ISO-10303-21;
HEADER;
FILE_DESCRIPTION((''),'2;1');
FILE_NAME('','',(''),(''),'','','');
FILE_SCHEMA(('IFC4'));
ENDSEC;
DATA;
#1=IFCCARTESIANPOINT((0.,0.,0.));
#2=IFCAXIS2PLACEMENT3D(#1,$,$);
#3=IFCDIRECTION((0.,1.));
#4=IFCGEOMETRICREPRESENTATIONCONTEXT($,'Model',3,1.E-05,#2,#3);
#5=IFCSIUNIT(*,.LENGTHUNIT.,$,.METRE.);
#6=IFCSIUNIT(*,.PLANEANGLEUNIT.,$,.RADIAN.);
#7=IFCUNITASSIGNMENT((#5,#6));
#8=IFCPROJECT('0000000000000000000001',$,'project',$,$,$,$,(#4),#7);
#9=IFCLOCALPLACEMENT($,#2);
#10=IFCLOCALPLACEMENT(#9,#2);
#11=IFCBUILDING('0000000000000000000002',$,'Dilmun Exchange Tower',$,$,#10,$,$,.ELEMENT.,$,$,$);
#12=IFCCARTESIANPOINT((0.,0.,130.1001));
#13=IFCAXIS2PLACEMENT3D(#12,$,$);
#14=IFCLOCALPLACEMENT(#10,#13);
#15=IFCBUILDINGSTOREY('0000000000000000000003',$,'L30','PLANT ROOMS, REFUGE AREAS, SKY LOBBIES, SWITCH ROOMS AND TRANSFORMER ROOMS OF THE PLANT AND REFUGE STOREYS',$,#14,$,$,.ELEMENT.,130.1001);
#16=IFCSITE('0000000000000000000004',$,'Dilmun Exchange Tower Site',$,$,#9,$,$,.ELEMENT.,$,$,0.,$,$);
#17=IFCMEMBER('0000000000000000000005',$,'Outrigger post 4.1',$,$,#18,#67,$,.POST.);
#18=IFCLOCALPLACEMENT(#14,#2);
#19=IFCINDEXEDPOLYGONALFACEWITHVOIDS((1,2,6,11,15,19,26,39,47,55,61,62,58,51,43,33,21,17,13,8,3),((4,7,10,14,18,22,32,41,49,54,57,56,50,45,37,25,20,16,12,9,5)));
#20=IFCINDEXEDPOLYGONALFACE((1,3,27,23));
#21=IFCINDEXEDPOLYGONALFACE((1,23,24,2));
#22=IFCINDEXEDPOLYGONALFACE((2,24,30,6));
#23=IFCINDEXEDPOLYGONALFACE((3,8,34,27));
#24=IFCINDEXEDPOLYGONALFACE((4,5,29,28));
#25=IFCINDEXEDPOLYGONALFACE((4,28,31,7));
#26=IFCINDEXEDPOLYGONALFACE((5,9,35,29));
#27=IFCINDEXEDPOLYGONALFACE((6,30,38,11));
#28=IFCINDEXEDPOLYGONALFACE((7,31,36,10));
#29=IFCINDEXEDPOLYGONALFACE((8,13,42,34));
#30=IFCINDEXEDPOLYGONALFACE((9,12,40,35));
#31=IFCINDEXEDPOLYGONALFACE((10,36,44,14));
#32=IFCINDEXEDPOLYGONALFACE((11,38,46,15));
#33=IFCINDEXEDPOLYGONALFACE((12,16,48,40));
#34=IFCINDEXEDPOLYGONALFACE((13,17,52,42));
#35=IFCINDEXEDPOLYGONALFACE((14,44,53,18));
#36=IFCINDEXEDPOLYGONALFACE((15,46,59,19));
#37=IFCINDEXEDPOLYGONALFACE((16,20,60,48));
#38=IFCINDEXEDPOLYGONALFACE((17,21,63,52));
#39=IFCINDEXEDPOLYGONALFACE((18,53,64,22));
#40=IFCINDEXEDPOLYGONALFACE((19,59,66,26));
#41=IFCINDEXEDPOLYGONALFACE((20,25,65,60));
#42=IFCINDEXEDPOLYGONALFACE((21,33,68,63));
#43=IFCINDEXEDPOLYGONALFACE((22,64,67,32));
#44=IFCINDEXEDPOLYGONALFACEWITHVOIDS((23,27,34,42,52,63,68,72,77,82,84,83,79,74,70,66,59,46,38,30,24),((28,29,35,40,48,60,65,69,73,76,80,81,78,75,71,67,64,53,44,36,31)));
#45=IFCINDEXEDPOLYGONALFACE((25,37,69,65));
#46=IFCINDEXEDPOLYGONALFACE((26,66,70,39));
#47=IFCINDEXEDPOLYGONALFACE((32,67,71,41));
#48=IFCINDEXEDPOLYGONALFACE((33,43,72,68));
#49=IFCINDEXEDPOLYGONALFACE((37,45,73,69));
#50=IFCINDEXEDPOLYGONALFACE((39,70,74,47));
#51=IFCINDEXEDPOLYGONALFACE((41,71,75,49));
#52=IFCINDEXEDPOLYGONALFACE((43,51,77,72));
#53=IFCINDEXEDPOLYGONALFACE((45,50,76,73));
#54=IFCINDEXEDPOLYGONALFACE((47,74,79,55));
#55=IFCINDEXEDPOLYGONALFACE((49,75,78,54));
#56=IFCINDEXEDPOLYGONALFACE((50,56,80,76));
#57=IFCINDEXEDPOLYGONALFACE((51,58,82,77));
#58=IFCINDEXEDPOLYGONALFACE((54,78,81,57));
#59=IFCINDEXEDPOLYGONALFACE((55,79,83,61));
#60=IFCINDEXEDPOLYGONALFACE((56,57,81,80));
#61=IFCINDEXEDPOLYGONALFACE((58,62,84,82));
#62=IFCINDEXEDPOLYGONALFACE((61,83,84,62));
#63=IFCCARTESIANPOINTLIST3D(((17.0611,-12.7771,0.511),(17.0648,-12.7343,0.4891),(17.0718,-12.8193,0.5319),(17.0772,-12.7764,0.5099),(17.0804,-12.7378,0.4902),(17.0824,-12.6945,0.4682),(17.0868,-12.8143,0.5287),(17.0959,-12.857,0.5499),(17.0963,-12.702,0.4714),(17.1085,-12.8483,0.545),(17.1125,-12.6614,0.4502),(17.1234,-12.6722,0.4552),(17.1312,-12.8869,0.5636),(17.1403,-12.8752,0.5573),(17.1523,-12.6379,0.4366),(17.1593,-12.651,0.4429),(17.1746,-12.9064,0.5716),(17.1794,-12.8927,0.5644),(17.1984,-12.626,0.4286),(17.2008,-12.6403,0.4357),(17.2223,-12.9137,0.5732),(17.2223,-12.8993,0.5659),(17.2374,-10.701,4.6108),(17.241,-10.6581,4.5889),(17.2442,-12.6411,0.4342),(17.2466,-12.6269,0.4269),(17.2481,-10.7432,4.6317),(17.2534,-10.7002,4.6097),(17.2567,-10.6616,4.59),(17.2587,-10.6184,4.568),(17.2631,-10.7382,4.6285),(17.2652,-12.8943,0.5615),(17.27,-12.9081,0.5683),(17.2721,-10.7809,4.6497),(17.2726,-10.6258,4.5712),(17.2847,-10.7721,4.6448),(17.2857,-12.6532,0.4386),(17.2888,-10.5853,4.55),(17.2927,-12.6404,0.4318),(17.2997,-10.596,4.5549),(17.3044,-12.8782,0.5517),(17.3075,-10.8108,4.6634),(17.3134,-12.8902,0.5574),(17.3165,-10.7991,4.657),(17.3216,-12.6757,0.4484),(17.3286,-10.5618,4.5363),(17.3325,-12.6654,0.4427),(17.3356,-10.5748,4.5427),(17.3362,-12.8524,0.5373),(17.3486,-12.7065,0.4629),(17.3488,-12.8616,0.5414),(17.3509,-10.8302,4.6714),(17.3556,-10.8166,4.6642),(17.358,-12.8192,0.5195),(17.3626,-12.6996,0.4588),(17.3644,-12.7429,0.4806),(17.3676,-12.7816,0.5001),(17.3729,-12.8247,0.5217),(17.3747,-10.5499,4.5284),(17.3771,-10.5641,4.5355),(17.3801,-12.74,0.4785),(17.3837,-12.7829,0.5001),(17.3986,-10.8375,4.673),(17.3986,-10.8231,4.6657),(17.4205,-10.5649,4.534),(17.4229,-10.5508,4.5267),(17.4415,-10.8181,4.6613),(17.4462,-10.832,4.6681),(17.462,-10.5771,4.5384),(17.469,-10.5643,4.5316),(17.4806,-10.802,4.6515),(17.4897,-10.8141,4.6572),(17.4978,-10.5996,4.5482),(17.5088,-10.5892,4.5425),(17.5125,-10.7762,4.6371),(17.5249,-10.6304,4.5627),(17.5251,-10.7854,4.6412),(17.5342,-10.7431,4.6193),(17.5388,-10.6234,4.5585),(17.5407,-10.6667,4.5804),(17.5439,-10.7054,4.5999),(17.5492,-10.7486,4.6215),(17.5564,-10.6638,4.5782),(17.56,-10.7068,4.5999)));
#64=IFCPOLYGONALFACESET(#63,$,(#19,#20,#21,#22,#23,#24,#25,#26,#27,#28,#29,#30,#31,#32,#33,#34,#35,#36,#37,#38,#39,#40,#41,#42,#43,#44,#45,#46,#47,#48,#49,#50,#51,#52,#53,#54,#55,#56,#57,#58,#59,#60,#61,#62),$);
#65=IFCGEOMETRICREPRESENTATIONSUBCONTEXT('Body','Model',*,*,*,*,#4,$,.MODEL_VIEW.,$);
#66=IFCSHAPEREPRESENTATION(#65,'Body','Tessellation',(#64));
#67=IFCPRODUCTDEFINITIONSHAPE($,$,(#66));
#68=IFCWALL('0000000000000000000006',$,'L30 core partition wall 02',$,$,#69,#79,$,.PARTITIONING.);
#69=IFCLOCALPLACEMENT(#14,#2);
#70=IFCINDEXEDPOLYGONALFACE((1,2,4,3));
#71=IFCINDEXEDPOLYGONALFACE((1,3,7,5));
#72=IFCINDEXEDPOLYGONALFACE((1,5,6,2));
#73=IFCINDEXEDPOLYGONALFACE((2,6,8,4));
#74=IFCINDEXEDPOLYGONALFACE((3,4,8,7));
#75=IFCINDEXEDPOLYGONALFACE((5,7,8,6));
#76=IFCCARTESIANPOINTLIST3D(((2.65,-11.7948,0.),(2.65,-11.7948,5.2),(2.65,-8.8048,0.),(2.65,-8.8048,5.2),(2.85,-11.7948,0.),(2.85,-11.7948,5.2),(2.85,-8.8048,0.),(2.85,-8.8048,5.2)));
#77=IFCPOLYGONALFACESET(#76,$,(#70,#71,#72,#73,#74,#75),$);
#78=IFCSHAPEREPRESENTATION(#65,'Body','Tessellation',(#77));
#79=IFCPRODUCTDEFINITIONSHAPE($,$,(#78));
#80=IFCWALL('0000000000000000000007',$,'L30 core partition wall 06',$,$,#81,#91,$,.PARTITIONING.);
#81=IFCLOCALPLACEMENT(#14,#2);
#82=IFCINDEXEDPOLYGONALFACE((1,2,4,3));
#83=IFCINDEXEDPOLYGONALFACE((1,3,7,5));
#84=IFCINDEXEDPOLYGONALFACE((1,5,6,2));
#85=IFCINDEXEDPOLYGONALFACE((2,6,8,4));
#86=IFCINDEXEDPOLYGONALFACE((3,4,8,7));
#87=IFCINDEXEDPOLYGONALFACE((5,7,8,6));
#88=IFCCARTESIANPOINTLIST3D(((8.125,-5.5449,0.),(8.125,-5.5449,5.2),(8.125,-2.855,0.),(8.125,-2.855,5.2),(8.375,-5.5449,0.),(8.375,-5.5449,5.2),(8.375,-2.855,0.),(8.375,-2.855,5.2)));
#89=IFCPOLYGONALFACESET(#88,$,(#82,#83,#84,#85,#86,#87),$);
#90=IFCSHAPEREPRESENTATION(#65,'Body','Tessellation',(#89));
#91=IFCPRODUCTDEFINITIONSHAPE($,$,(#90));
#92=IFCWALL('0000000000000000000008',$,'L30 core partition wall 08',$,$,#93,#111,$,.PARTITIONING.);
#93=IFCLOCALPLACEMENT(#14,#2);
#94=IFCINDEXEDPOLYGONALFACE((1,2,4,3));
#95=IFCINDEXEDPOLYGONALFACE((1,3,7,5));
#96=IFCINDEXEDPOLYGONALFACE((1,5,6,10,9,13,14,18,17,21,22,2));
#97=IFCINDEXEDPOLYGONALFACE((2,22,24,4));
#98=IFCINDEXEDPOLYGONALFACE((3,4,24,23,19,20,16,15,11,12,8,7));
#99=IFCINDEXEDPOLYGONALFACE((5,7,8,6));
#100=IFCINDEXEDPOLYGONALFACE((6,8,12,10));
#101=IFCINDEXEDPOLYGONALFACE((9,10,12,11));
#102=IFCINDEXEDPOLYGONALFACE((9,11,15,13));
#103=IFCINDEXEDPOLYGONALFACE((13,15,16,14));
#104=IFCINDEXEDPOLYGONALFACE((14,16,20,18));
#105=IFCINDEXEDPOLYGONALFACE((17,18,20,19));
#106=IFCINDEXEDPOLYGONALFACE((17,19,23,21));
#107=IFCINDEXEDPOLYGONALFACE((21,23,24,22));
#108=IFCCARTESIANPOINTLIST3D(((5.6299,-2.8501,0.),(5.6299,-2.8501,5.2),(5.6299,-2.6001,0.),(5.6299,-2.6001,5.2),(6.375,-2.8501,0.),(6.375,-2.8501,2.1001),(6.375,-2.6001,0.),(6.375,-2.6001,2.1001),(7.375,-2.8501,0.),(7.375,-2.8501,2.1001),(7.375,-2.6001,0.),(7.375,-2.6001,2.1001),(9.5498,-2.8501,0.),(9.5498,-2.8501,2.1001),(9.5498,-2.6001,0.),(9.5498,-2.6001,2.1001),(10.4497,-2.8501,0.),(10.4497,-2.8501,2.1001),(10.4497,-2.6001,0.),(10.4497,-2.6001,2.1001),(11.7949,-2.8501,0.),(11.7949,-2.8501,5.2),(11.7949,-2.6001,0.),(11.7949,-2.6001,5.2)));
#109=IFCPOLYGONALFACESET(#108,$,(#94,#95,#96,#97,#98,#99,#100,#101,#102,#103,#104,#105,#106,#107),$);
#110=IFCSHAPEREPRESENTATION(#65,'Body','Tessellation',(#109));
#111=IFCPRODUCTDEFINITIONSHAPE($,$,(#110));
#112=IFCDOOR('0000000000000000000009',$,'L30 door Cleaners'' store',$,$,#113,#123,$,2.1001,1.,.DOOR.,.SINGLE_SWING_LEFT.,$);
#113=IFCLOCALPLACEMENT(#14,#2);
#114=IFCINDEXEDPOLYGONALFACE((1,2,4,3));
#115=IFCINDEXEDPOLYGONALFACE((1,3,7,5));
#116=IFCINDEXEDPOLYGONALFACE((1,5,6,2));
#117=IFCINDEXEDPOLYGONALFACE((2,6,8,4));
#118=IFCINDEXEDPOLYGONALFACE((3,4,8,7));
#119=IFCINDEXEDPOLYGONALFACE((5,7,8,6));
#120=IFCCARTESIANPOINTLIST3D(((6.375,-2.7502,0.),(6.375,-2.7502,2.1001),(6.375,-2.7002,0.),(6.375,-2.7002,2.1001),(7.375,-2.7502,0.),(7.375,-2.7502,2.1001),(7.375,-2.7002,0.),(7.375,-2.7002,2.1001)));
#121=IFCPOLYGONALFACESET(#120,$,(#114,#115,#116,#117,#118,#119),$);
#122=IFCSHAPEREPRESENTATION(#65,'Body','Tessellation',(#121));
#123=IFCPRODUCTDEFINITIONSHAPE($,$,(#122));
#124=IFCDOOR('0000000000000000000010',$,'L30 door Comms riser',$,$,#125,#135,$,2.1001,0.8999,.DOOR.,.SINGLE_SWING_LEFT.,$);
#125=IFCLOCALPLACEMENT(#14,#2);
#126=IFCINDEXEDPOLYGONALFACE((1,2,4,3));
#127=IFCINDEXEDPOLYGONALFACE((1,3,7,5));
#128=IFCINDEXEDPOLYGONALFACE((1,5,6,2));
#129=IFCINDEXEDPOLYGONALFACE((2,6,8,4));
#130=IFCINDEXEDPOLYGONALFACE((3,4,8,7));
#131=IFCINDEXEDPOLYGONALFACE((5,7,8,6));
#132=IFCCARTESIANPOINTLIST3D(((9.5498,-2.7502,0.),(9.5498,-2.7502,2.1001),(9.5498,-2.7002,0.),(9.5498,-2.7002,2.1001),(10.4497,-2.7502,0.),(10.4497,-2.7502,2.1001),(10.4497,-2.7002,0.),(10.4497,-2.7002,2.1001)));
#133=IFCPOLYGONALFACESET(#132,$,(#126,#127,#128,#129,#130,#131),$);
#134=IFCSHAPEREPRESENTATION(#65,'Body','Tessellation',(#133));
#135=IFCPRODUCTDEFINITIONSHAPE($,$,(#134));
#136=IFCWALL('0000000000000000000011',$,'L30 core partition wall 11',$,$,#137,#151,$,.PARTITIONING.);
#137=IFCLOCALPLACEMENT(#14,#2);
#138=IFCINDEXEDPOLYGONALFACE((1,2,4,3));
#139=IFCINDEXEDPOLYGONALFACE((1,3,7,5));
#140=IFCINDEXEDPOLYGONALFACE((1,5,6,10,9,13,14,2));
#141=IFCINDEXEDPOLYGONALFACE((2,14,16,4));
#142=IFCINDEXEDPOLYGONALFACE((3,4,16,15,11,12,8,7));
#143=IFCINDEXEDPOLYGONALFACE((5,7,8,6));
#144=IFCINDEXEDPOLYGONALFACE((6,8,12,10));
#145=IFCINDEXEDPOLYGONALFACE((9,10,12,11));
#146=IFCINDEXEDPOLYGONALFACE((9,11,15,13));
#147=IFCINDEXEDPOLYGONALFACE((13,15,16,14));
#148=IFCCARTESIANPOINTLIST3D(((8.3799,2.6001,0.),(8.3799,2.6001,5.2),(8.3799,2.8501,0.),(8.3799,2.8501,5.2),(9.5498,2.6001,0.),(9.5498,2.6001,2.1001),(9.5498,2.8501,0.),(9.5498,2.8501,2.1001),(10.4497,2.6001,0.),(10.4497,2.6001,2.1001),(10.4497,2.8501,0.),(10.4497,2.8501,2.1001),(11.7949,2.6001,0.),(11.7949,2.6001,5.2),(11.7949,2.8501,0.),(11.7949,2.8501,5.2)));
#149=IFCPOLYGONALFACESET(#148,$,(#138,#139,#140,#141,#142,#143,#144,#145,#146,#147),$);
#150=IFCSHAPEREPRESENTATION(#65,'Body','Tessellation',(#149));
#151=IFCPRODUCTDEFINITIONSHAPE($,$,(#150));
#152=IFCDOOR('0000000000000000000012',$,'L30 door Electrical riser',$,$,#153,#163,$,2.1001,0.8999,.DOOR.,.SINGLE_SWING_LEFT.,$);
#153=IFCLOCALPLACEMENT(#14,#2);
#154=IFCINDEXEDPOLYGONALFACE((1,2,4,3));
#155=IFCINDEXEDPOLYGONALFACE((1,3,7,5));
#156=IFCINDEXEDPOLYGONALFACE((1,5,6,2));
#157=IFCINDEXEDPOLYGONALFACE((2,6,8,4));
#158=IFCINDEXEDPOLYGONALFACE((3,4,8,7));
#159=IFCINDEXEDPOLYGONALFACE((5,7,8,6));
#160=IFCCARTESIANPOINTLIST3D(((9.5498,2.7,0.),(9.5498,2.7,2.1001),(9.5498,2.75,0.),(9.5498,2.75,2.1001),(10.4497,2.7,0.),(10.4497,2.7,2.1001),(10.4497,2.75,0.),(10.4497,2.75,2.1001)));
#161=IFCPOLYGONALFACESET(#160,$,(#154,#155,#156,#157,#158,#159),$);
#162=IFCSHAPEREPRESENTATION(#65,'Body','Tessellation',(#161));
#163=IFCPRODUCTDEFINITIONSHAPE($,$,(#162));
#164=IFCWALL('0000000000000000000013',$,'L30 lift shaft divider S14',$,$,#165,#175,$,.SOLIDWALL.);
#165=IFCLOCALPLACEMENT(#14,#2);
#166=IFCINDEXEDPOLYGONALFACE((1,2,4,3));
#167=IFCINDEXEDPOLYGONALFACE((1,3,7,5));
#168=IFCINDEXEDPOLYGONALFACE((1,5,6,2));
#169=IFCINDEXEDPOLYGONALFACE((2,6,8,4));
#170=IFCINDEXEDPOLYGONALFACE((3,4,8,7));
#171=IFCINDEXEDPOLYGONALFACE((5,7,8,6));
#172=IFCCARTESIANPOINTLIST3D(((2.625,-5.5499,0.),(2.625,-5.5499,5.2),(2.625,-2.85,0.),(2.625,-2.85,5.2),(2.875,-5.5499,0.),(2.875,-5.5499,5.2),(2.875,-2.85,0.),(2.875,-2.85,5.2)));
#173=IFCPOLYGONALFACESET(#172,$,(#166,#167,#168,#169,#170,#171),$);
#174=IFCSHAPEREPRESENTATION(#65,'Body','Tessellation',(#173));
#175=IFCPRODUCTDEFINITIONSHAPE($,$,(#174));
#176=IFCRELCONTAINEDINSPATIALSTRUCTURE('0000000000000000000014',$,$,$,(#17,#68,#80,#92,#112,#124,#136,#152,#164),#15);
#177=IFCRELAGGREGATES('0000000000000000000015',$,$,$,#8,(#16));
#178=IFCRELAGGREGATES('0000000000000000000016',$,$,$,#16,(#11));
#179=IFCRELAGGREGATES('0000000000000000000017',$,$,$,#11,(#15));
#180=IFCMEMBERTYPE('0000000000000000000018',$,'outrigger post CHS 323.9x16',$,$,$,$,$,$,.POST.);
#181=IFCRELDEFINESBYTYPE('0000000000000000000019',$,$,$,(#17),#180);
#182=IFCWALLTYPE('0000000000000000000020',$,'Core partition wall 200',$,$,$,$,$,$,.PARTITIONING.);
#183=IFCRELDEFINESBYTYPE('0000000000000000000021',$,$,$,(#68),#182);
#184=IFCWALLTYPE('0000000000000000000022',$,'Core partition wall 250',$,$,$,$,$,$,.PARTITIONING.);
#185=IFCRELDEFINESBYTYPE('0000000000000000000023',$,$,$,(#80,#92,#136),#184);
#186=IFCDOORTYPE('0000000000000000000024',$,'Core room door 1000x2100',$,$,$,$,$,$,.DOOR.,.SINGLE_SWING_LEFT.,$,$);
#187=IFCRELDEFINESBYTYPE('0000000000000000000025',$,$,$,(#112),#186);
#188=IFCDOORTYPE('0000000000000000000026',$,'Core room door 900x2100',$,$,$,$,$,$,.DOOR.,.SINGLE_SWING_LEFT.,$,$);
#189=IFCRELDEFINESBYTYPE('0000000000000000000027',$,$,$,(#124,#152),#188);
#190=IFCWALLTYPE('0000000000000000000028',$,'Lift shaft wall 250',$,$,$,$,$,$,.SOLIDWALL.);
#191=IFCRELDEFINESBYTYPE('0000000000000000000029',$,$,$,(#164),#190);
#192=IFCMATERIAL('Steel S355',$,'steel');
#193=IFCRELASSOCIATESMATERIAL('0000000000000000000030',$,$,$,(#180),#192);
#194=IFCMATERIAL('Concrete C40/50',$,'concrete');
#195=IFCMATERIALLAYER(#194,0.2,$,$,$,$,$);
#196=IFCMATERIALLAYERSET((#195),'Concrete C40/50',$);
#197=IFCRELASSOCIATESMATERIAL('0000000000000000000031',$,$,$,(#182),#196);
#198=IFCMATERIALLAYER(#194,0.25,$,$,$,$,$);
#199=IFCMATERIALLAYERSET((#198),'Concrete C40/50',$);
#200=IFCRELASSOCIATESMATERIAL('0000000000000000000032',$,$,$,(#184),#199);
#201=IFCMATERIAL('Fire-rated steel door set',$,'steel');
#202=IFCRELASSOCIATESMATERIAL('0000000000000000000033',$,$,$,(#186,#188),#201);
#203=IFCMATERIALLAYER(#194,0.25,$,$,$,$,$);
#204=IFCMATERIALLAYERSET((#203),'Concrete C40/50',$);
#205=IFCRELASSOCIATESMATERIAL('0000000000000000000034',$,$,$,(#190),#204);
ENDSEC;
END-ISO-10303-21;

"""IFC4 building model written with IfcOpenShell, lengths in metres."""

from ifc_helpers import new_model, si_unit, direction, frame, frame_2d, origin, origin_2d, place, context, subcontext, project, spatial, rectangle, hollow_circle, extrude, material, layer, layer_set, material_profile, profile_set, type_object, element, fill, save


model = new_model("IFC4")

# Units and contexts
model_context = context("Model", 3, precision=1e-05, world=origin(), true_north=direction((0.0, 1.0)))
body_context = subcontext(model_context, "Body", "Model", "MODEL_VIEW")
ifc_project = project(units=[si_unit("LENGTHUNIT", "METRE"), si_unit("PLANEANGLEUNIT", "RADIAN")], contexts=[model_context])

# Site, building, storey
site_placement = place(None, origin())
site = spatial("IfcSite", under=ifc_project, at=site_placement, Name="Dilmun Exchange Tower Site", CompositionType="ELEMENT", RefElevation=0.0)
building_placement = place(site_placement, origin())
building = spatial("IfcBuilding", under=site, at=building_placement, Name="Dilmun Exchange Tower", CompositionType="ELEMENT")
storey_placement = place(building_placement, frame((0.0, 0.0, 130.1001)))
storey = spatial("IfcBuildingStorey", under=building, at=storey_placement, Name="L30", Description="PLANT ROOMS, REFUGE AREAS, SKY LOBBIES, SWITCH ROOMS AND TRANSFORMER ROOMS OF THE PLANT AND REFUGE STOREYS", CompositionType="ELEMENT", Elevation=130.1001)

# Member
ifc_material_1 = material(Name="Steel S355", Category="steel")
ifc_material_profile = material_profile(ifc_material_1, hollow_circle(Radius=0.1619, WallThickness=0.0161, at=origin_2d()), Name="CHS 323.9x16")
ifc_profile_set = profile_set([ifc_material_profile], Name="Steel S355")
member_type = type_object("IfcMemberType", Name="outrigger post CHS 323.9x16", PredefinedType="POST", material=ifc_profile_set)
member_placement = place(storey_placement, frame((17.3987, -10.6931, 4.5999), z_axis=(-0.038328, -0.451445, -0.891476), x_axis=(0.996415, -0.084597, 0.0)))
element("IfcMember", 1, at=member_placement, inside=storey, type_object=member_type, Name="Outrigger post 4.1", PredefinedType="POST", context=body_context, shape_type="SweptSolid", body=[
    extrude(hollow_circle(Radius=0.1619, WallThickness=0.0161, at=origin_2d()), origin(), (0.0, 0.0, 1.0), 4.5989),
])

# Wall
ifc_material_2 = material(Name="Concrete C40/50", Category="concrete")
ifc_layer_1 = layer(ifc_material_2, 0.2)
ifc_layer_set_1 = layer_set([ifc_layer_1], Name="Concrete C40/50")
wall_type_1 = type_object("IfcWallType", Name="Core partition wall 200", PredefinedType="PARTITIONING", material=ifc_layer_set_1)
wall_1_placement = place(storey_placement, frame((2.75, -11.7949, 0.0), z_axis=(0.0, 0.0, 1.0), x_axis=(0.0, 1.0, 0.0)))
element("IfcWall", 2, at=wall_1_placement, inside=storey, type_object=wall_type_1, Name="L30 core partition wall 02", PredefinedType="PARTITIONING", context=body_context, shape_type="SweptSolid", body=[
    extrude(rectangle(XDim=2.99, YDim=0.2, at=frame_2d((1.4951, 0.0))), origin(), (0.0, 0.0, 1.0), 5.2),
])

# Shared definitions
ifc_material_3 = material(Name="Fire-rated steel door set", Category="steel")

# Wall
ifc_layer_2 = layer(ifc_material_2, 0.25)
ifc_layer_set_2 = layer_set([ifc_layer_2], Name="Concrete C40/50")
wall_type_2 = type_object("IfcWallType", Name="Core partition wall 250", PredefinedType="PARTITIONING", material=ifc_layer_set_2)
wall_2_placement = place(storey_placement, frame((8.25, -5.5449, 0.0), z_axis=(0.0, 0.0, 1.0), x_axis=(0.0, 1.0, 0.0)))
element("IfcWall", 3, at=wall_2_placement, inside=storey, type_object=wall_type_2, Name="L30 core partition wall 06", PredefinedType="PARTITIONING", context=body_context, shape_type="SweptSolid", body=[
    extrude(rectangle(XDim=2.6899, YDim=0.25, at=frame_2d((1.345, 0.0))), origin(), (0.0, 0.0, 1.0), 5.2),
])

# Wall, openings, doors
wall_3_placement = place(storey_placement, frame((5.6299, -2.7251, 0.0), z_axis=(0.0, 0.0, 1.0), x_axis=(1.0, 0.0, 0.0)))
wall_3 = element("IfcWall", 4, at=wall_3_placement, inside=storey, type_object=wall_type_2, Name="L30 core partition wall 08", PredefinedType="PARTITIONING", context=body_context, shape_type="SweptSolid", body=[
    extrude(rectangle(XDim=6.165, YDim=0.25, at=frame_2d((3.0825, 0.0))), origin(), (0.0, 0.0, 1.0), 5.2),
])
opening_1_placement = place(wall_3_placement, frame((0.7451, 0.0, 0.0)))
opening_1 = element("IfcOpeningElement", 5, at=opening_1_placement, cuts=wall_3, PredefinedType="OPENING", context=body_context, shape_type="SweptSolid", body=[
    extrude(rectangle(XDim=1.0, YDim=2.1001, at=frame_2d((0.5, 1.05))), frame((0.0, 0.135, 0.0), z_axis=(0.0, -1.0, 0.0), x_axis=(1.0, 0.0, 0.0)), (0.0, 0.0, 1.0), 0.27),
])
opening_2_placement = place(wall_3_placement, frame((3.9199, 0.0, 0.0)))
opening_2 = element("IfcOpeningElement", 6, at=opening_2_placement, cuts=wall_3, PredefinedType="OPENING", context=body_context, shape_type="SweptSolid", body=[
    extrude(rectangle(XDim=0.8999, YDim=2.1001, at=frame_2d((0.45, 1.05))), frame((0.0, 0.135, 0.0), z_axis=(0.0, -1.0, 0.0), x_axis=(1.0, 0.0, 0.0)), (0.0, 0.0, 1.0), 0.27),
])
door_type_1 = type_object("IfcDoorType", Name="Core room door 1000x2100", OperationType="SINGLE_SWING_LEFT", PredefinedType="DOOR", material=ifc_material_3)
door_1_placement = place(opening_1_placement, origin())
door_1 = element("IfcDoor", 7, at=door_1_placement, inside=storey, type_object=door_type_1, Name="L30 door Cleaners' store", OperationType="SINGLE_SWING_LEFT", OverallHeight=2.1001, OverallWidth=1.0, PredefinedType="DOOR", context=body_context, shape_type="SweptSolid", body=[
    extrude(rectangle(XDim=1.0, YDim=2.1001, at=frame_2d((0.5, 1.05))), frame((0.0, 0.0249, 0.0), z_axis=(0.0, -1.0, 0.0), x_axis=(1.0, 0.0, 0.0)), (0.0, 0.0, 1.0), 0.05),
])
fill(opening_1, door_1)
door_type_2 = type_object("IfcDoorType", Name="Core room door 900x2100", OperationType="SINGLE_SWING_LEFT", PredefinedType="DOOR", material=ifc_material_3)
door_2_placement = place(opening_2_placement, origin())
door_2 = element("IfcDoor", 8, at=door_2_placement, inside=storey, type_object=door_type_2, Name="L30 door Comms riser", OperationType="SINGLE_SWING_LEFT", OverallHeight=2.1001, OverallWidth=0.8999, PredefinedType="DOOR", context=body_context, shape_type="SweptSolid", body=[
    extrude(rectangle(XDim=0.8999, YDim=2.1001, at=frame_2d((0.45, 1.05))), frame((0.0, 0.0249, 0.0), z_axis=(0.0, -1.0, 0.0), x_axis=(1.0, 0.0, 0.0)), (0.0, 0.0, 1.0), 0.05),
])
fill(opening_2, door_2)

# Wall, opening, door
wall_4_placement = place(storey_placement, frame((8.3799, 2.7251, 0.0), z_axis=(0.0, 0.0, 1.0), x_axis=(1.0, 0.0, 0.0)))
wall_4 = element("IfcWall", 9, at=wall_4_placement, inside=storey, type_object=wall_type_2, Name="L30 core partition wall 11", PredefinedType="PARTITIONING", context=body_context, shape_type="SweptSolid", body=[
    extrude(rectangle(XDim=3.415, YDim=0.25, at=frame_2d((1.7075, 0.0))), origin(), (0.0, 0.0, 1.0), 5.2),
])
opening_3_placement = place(wall_4_placement, frame((1.1699, 0.0, 0.0)))
opening_3 = element("IfcOpeningElement", 10, at=opening_3_placement, cuts=wall_4, PredefinedType="OPENING", context=body_context, shape_type="SweptSolid", body=[
    extrude(rectangle(XDim=0.8999, YDim=2.1001, at=frame_2d((0.45, 1.05))), frame((0.0, 0.135, 0.0), z_axis=(0.0, -1.0, 0.0), x_axis=(1.0, 0.0, 0.0)), (0.0, 0.0, 1.0), 0.27),
])
door_3_placement = place(opening_3_placement, origin())
door_3 = element("IfcDoor", 11, at=door_3_placement, inside=storey, type_object=door_type_2, Name="L30 door Electrical riser", OperationType="SINGLE_SWING_LEFT", OverallHeight=2.1001, OverallWidth=0.8999, PredefinedType="DOOR", context=body_context, shape_type="SweptSolid", body=[
    extrude(rectangle(XDim=0.8999, YDim=2.1001, at=frame_2d((0.45, 1.05))), frame((0.0, 0.0249, 0.0), z_axis=(0.0, -1.0, 0.0), x_axis=(1.0, 0.0, 0.0)), (0.0, 0.0, 1.0), 0.05),
])
fill(opening_3, door_3)

# Wall
ifc_layer_3 = layer(ifc_material_2, 0.25)
ifc_layer_set_3 = layer_set([ifc_layer_3], Name="Concrete C40/50")
wall_type_3 = type_object("IfcWallType", Name="Lift shaft wall 250", PredefinedType="SOLIDWALL", material=ifc_layer_set_3)
for number, where, z_axis, x_axis, name in (
    (12, (2.75, -5.55, 0.0), (0.0, 0.0, 1.0), (0.0, 1.0, 0.0), "L30 lift shaft divider S14"),
):
    element("IfcWall", number, at=place(storey_placement, frame(where, z_axis=z_axis, x_axis=x_axis)), inside=storey, type_object=wall_type_3, Name=name, PredefinedType="SOLIDWALL", context=body_context, shape_type="SweptSolid", body=[
        extrude(rectangle(XDim=2.7, YDim=0.25, at=frame_2d((1.3501, 0.0))), origin(), (0.0, 0.0, 1.0), 5.2),
    ])

save(model, "model.ifc")
